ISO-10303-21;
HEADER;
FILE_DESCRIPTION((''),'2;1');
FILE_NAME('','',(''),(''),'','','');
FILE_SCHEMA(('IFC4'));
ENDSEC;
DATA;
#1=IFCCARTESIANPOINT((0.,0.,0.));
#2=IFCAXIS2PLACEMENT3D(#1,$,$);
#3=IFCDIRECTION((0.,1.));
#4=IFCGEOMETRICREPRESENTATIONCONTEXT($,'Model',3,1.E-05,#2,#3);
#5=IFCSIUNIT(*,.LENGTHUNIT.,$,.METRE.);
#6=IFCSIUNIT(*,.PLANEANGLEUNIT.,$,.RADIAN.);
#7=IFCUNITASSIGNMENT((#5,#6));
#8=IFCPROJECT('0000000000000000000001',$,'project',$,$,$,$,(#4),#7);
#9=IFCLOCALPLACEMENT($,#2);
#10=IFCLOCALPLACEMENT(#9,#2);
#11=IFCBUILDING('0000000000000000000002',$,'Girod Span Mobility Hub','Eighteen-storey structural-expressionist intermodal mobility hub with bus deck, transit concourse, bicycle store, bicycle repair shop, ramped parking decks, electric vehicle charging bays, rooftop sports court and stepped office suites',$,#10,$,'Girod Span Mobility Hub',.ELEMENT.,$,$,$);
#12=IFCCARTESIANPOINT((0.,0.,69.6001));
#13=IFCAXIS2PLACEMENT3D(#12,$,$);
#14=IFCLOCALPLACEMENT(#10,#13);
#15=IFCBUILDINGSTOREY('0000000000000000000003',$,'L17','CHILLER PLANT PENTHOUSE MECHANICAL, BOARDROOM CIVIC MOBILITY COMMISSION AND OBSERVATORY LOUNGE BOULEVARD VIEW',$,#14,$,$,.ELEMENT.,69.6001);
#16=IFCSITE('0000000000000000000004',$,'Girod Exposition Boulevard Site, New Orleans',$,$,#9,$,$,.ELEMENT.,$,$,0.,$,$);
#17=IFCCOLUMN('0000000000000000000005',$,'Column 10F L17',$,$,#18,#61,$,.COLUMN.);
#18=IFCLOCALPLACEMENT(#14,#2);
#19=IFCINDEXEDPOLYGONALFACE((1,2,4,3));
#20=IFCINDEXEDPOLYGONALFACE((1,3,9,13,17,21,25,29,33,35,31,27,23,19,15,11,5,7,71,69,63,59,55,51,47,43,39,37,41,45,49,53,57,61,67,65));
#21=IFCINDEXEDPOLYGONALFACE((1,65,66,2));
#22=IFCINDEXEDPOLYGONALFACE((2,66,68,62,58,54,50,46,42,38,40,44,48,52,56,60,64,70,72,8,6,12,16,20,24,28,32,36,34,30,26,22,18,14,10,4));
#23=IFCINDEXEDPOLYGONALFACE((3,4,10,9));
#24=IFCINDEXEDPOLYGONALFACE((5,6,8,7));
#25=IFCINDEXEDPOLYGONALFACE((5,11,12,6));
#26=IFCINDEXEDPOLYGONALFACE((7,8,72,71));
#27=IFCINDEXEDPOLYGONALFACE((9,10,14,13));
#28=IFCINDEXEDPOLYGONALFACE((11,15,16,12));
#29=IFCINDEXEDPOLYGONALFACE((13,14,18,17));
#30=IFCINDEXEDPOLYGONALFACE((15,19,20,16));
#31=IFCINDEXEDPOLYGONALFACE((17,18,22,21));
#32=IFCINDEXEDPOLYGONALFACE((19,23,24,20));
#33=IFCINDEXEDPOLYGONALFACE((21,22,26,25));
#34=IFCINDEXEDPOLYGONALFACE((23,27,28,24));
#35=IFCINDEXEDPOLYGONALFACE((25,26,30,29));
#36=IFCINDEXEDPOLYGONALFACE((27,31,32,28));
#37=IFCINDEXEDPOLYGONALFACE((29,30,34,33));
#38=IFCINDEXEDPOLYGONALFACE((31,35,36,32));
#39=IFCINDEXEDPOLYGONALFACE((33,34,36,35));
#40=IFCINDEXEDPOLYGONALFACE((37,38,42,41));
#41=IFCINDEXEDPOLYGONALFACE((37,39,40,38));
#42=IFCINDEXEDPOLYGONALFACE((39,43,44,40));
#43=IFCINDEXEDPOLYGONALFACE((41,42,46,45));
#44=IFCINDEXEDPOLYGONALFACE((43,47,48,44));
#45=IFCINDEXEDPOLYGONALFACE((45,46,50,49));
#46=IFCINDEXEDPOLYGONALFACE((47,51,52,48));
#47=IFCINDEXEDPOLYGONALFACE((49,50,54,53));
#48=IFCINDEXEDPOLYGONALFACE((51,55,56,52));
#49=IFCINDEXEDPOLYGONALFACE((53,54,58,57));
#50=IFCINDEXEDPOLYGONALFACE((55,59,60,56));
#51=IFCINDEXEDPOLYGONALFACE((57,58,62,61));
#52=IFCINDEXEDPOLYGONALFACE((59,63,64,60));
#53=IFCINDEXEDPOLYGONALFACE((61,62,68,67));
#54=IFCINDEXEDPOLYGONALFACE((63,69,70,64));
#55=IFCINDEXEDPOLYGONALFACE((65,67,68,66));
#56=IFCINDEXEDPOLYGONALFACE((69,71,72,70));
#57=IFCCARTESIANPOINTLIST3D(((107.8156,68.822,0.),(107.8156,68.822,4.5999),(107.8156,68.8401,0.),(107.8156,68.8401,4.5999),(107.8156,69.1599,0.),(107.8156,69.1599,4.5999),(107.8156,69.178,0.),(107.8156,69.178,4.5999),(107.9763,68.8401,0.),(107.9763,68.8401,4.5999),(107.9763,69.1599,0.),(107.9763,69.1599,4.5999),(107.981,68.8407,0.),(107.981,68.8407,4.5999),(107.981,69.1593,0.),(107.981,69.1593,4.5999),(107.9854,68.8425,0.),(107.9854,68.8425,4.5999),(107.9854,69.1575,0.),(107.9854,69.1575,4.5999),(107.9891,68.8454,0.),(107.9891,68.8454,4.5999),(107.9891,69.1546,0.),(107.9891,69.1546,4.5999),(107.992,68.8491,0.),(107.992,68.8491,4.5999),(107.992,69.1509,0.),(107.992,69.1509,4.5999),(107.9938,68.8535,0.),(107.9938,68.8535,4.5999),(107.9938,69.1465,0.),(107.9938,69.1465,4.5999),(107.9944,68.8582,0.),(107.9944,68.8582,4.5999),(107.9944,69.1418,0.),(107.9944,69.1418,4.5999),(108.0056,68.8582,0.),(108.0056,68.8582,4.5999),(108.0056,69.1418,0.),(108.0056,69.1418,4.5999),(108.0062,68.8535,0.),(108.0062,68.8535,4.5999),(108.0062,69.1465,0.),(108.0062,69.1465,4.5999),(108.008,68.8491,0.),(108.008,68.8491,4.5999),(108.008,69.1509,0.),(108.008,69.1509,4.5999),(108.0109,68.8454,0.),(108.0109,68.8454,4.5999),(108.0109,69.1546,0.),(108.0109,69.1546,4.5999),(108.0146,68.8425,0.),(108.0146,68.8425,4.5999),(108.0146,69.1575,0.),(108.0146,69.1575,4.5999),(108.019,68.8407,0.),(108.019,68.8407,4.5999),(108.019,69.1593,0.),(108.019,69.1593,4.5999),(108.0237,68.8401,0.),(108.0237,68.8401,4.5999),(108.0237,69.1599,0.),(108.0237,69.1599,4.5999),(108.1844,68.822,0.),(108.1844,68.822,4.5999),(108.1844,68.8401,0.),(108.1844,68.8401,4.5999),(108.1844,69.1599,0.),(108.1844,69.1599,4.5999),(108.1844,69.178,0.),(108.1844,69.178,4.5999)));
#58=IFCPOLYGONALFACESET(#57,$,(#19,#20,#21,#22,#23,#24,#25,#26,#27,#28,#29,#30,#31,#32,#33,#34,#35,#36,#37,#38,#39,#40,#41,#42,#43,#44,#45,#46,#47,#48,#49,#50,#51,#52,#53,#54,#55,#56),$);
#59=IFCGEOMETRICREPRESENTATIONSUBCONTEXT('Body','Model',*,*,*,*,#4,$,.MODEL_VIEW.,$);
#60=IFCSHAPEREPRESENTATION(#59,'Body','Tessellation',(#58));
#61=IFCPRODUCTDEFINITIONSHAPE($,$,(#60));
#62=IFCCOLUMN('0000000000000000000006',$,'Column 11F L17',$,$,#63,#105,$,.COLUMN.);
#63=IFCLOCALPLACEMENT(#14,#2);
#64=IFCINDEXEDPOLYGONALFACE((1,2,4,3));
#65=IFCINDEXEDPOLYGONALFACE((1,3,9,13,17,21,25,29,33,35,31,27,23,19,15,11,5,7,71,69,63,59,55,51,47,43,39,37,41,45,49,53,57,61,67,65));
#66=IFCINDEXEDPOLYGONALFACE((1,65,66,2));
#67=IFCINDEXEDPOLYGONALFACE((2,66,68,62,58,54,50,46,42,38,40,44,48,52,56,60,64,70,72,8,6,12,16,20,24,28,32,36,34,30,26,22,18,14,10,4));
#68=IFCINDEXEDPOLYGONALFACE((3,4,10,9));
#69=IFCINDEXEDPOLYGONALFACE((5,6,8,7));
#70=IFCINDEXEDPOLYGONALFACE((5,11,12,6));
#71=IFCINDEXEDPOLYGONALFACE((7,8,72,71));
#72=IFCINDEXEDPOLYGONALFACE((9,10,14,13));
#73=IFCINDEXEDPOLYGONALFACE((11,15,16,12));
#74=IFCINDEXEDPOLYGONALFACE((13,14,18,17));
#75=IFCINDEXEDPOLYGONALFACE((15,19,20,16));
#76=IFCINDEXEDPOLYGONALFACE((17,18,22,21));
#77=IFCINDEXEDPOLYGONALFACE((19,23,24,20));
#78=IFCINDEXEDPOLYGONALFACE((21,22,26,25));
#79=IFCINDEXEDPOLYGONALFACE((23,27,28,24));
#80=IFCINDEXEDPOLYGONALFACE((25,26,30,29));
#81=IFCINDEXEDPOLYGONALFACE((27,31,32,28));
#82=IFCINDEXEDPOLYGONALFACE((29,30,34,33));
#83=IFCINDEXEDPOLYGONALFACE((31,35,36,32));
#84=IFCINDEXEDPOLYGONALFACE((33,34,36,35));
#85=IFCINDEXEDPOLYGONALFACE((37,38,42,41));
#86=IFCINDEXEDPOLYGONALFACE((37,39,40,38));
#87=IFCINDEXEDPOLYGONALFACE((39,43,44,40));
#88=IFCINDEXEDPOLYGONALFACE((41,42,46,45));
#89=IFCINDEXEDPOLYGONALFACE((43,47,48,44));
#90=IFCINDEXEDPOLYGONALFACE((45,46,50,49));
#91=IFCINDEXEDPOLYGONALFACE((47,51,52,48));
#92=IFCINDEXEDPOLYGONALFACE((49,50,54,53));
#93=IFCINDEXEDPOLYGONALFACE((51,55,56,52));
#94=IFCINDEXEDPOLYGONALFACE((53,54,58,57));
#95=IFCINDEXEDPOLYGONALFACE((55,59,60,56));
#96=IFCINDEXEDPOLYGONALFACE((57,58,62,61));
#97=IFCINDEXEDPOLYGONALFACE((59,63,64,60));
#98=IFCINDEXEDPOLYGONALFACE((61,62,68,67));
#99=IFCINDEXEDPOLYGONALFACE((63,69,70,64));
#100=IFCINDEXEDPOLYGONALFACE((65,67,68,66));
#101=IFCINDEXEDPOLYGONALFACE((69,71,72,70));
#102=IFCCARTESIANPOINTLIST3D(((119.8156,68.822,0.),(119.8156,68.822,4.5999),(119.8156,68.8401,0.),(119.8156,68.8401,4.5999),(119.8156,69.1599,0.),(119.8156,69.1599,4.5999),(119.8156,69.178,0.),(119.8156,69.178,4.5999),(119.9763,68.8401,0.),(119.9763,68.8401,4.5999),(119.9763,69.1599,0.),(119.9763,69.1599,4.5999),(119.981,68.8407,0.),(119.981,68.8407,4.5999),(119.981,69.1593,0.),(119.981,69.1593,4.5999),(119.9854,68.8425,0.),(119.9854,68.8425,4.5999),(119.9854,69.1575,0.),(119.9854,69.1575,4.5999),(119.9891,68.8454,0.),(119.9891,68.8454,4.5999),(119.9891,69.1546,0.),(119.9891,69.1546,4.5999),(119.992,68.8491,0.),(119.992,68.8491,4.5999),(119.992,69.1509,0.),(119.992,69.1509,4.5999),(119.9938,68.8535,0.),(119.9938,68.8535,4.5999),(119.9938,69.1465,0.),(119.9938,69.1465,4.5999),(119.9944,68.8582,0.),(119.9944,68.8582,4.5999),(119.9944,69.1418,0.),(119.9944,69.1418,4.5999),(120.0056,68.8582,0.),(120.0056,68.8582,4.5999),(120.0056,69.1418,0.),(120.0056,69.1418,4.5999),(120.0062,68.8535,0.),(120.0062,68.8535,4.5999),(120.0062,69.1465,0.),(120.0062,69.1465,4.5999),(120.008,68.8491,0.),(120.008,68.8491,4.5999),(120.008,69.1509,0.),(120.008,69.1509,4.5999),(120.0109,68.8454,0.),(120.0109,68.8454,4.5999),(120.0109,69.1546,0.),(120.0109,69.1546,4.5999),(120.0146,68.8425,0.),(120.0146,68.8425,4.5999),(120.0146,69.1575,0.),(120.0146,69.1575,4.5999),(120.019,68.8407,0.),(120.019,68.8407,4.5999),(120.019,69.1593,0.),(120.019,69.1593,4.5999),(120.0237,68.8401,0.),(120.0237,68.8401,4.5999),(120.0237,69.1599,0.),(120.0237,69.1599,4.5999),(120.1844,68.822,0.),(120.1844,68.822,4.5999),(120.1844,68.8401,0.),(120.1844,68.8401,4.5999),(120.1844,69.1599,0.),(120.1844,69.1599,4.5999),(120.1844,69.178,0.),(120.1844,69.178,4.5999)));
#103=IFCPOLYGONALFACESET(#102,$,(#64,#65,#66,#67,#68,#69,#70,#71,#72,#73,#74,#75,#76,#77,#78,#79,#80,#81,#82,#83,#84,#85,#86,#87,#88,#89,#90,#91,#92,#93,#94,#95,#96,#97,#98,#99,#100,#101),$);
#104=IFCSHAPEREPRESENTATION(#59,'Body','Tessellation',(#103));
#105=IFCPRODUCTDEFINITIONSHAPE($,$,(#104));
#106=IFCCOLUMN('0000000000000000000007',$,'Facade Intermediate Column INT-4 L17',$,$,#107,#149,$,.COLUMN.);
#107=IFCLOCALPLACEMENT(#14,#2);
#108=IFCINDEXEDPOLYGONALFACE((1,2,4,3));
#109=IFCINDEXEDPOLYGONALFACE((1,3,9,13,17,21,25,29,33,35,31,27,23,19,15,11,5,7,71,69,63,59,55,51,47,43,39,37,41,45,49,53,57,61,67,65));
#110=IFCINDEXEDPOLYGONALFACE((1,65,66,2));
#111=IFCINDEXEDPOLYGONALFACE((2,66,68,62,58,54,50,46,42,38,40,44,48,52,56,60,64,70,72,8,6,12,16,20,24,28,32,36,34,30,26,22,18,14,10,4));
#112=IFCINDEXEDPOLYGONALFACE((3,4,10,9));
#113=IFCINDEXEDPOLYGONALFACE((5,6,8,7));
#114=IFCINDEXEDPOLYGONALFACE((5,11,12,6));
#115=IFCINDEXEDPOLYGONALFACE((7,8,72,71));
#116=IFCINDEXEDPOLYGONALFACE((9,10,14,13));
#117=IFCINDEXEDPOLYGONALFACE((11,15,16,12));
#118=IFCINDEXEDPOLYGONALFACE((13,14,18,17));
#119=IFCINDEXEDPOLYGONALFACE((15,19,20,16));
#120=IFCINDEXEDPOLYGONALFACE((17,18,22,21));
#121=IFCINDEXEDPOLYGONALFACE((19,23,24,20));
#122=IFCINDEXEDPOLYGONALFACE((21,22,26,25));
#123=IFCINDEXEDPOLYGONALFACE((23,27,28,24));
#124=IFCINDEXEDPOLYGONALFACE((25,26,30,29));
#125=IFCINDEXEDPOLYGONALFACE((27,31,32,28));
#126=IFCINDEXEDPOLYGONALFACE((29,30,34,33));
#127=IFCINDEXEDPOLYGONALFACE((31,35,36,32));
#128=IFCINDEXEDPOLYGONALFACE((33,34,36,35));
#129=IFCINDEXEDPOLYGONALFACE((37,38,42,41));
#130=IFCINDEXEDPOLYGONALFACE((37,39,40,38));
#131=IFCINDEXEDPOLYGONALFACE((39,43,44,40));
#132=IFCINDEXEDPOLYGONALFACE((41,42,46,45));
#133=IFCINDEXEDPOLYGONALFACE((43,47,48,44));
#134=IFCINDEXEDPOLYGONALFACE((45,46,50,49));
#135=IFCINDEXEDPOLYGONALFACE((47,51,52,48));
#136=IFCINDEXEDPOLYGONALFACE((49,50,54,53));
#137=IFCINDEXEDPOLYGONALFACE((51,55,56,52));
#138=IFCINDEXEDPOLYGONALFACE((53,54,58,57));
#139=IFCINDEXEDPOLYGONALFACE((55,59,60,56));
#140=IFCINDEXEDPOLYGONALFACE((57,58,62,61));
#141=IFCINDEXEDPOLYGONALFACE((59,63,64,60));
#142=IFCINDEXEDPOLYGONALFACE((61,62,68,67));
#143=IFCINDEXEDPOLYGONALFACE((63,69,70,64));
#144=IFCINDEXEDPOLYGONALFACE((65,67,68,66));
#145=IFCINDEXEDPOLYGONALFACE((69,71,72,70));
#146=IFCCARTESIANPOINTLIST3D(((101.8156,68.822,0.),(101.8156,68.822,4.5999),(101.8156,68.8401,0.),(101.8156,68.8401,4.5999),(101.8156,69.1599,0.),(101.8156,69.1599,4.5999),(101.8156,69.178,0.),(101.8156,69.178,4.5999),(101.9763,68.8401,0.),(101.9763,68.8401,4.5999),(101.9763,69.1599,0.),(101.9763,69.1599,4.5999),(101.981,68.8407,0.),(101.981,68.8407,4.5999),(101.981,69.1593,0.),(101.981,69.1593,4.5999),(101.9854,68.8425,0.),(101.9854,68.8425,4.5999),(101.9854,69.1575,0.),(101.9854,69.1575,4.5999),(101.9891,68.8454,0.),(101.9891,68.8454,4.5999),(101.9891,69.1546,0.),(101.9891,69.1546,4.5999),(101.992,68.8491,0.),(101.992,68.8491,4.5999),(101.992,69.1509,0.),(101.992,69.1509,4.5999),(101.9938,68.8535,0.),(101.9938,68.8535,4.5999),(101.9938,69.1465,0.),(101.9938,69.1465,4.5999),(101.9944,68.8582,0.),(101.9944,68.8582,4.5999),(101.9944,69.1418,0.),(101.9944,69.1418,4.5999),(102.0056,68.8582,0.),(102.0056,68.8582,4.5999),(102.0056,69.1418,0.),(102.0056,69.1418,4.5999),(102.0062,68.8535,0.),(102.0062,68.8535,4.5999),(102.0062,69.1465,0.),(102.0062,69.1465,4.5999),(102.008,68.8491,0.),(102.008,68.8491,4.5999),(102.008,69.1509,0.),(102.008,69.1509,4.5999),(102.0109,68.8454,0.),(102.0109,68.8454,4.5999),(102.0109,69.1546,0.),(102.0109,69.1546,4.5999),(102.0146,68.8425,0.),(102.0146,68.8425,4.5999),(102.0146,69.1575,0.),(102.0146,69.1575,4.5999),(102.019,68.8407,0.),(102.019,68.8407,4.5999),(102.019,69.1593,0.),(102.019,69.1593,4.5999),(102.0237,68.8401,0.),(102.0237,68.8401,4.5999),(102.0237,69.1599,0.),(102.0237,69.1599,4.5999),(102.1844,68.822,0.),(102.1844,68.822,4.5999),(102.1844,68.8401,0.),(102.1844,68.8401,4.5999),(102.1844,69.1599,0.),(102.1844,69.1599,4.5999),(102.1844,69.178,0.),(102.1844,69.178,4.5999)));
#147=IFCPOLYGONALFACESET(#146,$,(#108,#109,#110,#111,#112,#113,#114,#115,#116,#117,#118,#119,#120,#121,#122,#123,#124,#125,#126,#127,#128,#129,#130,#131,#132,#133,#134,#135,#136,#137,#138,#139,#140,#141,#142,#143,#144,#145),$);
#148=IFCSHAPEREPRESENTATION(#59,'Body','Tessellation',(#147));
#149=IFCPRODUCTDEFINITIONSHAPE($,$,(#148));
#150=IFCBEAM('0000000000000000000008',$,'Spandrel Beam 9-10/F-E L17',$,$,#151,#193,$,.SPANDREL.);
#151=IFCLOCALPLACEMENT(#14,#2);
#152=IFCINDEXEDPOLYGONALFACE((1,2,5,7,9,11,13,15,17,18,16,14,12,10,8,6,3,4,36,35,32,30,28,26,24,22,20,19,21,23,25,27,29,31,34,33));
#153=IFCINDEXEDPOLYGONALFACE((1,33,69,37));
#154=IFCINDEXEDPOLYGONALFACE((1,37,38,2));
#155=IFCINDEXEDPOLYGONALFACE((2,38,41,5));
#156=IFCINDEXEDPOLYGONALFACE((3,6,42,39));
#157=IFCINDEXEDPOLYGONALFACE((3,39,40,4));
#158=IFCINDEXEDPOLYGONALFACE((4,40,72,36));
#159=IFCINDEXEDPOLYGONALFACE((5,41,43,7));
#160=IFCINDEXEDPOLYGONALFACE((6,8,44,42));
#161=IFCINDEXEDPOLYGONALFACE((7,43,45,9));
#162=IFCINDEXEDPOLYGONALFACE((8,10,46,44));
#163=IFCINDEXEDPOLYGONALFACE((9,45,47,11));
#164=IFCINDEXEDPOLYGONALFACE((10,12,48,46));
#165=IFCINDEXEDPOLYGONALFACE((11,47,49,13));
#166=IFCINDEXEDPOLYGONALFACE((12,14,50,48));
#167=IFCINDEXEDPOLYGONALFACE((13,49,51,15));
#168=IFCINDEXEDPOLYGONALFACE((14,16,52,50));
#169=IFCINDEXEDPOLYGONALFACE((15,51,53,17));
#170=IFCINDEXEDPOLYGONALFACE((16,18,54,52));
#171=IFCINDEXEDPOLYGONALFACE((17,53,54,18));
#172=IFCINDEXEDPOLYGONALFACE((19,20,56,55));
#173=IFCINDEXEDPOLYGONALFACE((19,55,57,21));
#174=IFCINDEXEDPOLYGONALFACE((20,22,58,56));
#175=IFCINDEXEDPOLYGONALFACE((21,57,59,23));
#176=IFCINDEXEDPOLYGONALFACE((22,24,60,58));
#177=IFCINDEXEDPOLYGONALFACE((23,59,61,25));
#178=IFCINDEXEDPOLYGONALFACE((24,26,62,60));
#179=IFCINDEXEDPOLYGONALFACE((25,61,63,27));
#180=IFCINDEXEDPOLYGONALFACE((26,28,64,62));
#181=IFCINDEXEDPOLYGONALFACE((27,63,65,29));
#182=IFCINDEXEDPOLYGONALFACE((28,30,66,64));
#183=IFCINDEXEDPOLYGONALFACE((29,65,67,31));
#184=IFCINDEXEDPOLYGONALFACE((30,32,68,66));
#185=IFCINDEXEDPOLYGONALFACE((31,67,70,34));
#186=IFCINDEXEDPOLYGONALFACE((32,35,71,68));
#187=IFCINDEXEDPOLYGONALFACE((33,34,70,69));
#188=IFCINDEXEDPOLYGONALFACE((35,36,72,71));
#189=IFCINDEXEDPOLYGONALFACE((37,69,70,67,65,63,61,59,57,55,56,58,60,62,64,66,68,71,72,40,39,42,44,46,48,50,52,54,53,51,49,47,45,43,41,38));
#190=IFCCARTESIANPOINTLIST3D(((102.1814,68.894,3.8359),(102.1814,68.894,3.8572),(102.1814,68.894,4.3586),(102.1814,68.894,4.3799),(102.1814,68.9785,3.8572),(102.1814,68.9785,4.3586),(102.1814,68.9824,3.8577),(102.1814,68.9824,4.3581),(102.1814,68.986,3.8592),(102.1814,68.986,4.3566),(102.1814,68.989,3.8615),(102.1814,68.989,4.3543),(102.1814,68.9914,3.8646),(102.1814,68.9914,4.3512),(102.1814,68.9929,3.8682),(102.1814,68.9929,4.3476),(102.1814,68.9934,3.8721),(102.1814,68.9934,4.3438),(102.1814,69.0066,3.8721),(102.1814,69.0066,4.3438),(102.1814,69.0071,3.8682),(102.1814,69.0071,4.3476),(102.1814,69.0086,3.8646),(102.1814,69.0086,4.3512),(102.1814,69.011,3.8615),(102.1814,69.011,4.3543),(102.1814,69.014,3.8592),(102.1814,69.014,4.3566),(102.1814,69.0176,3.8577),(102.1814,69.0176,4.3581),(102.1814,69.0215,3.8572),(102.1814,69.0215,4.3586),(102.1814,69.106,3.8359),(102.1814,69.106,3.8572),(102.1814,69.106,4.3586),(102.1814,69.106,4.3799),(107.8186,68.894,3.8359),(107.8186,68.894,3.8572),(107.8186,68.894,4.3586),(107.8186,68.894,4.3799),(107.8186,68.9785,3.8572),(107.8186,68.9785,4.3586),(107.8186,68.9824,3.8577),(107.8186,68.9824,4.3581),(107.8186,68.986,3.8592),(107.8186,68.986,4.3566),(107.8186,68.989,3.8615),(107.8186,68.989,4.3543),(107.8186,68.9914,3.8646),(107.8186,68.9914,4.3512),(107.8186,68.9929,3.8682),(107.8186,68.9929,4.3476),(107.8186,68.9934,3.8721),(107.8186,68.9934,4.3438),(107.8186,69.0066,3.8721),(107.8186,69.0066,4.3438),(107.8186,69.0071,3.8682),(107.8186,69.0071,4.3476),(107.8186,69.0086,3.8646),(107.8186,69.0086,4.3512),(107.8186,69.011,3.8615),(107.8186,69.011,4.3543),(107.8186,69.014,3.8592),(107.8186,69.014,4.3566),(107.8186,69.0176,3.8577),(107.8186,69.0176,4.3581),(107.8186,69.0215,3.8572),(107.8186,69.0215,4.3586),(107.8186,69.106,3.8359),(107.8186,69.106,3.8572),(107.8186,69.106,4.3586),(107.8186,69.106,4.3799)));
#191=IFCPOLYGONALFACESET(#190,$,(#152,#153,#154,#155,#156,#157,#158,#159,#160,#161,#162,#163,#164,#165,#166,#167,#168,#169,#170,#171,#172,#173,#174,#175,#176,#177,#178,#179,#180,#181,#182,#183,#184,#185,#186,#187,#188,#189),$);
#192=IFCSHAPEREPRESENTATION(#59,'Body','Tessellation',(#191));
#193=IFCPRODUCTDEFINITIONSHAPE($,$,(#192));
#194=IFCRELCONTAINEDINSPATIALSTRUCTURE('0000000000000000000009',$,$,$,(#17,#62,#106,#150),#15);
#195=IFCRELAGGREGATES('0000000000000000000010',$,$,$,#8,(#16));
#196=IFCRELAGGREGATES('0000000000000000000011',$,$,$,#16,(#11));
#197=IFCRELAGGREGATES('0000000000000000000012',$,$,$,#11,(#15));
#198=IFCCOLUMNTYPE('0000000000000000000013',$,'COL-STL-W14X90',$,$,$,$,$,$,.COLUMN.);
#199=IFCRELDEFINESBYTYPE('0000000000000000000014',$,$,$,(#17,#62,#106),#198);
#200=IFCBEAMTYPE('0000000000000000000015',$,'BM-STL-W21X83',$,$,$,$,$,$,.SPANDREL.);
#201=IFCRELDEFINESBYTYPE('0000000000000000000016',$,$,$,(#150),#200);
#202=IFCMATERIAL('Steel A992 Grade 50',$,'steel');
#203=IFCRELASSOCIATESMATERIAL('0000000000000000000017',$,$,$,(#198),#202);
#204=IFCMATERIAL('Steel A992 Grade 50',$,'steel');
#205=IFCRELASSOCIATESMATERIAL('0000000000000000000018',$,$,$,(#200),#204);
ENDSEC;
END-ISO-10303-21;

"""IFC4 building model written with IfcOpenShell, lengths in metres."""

from ifc_helpers import new_model, si_unit, direction, frame, origin, origin_2d, place, context, subcontext, project, spatial, i_section, extrude, material, material_profile, profile_set, type_object, element, save


model = new_model("IFC4")

# Units and contexts
model_context = context("Model", 3, precision=1e-05, world=origin(), true_north=direction((0.0, 1.0)))
body_context = subcontext(model_context, "Body", "Model", "MODEL_VIEW")
ifc_project = project(units=[si_unit("LENGTHUNIT", "METRE"), si_unit("PLANEANGLEUNIT", "RADIAN")], contexts=[model_context])

# Site, building, storey
site_placement = place(None, origin())
site = spatial("IfcSite", under=ifc_project, at=site_placement, Name="Girod Exposition Boulevard Site, New Orleans", CompositionType="ELEMENT", RefElevation=0.0)
building_placement = place(site_placement, origin())
building = spatial("IfcBuilding", under=site, at=building_placement, Name="Girod Span Mobility Hub", Description="Eighteen-storey structural-expressionist intermodal mobility hub with bus deck, transit concourse, bicycle store, bicycle repair shop, ramped parking decks, electric vehicle charging bays, rooftop sports court and stepped office suites", LongName="Girod Span Mobility Hub", CompositionType="ELEMENT")
storey_placement = place(building_placement, frame((0.0, 0.0, 69.6001)))
storey = spatial("IfcBuildingStorey", under=building, at=storey_placement, Name="L17", Description="CHILLER PLANT PENTHOUSE MECHANICAL, BOARDROOM CIVIC MOBILITY COMMISSION AND OBSERVATORY LOUNGE BOULEVARD VIEW", CompositionType="ELEMENT", Elevation=69.6001)

# Columns
ifc_material_1 = material(Name="Steel A992 Grade 50", Category="steel")
ifc_material_profile_1 = material_profile(ifc_material_1, i_section(OverallWidth=0.3689, OverallDepth=0.356, WebThickness=0.0112, FlangeThickness=0.0181, FilletRadius=0.0181, at=origin_2d()), Name="W14X90")
ifc_profile_set_1 = profile_set([ifc_material_profile_1], Name="Steel A992 Grade 50")
column_type = type_object("IfcColumnType", Name="COL-STL-W14X90", PredefinedType="COLUMN", material=ifc_profile_set_1)
for number, where, z_axis, x_axis, name in (
    (1, (108.0, 69.0, 0.0), (0.0, 0.0, 1.0), (1.0, 0.0, 0.0), "Column 10F L17"),
    (2, (120.0, 69.0, 0.0), (0.0, 0.0, 1.0), (1.0, 0.0, 0.0), "Column 11F L17"),
    (3, (102.0, 69.0, 0.0), (0.0, 0.0, 1.0), (1.0, 0.0, 0.0), "Facade Intermediate Column INT-4 L17"),
):
    element("IfcColumn", number, at=place(storey_placement, frame(where, z_axis=z_axis, x_axis=x_axis)), inside=storey, type_object=column_type, Name=name, PredefinedType="COLUMN", context=body_context, shape_type="SweptSolid", body=[
        extrude(i_section(OverallWidth=0.3689, OverallDepth=0.356, WebThickness=0.0112, FlangeThickness=0.0181, FilletRadius=0.0181, at=origin_2d()), origin(), (0.0, 0.0, 1.0), 4.5999),
    ])

# Beam
ifc_material_2 = material(Name="Steel A992 Grade 50", Category="steel")
ifc_material_profile_2 = material_profile(ifc_material_2, i_section(OverallWidth=0.2119, OverallDepth=0.5439, WebThickness=0.0132, FlangeThickness=0.0212, FilletRadius=0.0149, at=origin_2d()), Name="W21X83")
ifc_profile_set_2 = profile_set([ifc_material_profile_2], Name="Steel A992 Grade 50")
beam_type = type_object("IfcBeamType", Name="BM-STL-W21X83", PredefinedType="SPANDREL", material=ifc_profile_set_2)
beam_placement = place(storey_placement, frame((102.1814, 69.0, 4.1079), z_axis=(1.0, 0.0, 0.0), x_axis=(0.0, 1.0, 0.0)))
element("IfcBeam", 4, at=beam_placement, inside=storey, type_object=beam_type, Name="Spandrel Beam 9-10/F-E L17", PredefinedType="SPANDREL", context=body_context, shape_type="SweptSolid", body=[
    extrude(i_section(OverallWidth=0.2119, OverallDepth=0.5439, WebThickness=0.0132, FlangeThickness=0.0212, FilletRadius=0.0149, at=origin_2d()), origin(), (0.0, 0.0, 1.0), 5.6372),
])

save(model, "model.ifc")
